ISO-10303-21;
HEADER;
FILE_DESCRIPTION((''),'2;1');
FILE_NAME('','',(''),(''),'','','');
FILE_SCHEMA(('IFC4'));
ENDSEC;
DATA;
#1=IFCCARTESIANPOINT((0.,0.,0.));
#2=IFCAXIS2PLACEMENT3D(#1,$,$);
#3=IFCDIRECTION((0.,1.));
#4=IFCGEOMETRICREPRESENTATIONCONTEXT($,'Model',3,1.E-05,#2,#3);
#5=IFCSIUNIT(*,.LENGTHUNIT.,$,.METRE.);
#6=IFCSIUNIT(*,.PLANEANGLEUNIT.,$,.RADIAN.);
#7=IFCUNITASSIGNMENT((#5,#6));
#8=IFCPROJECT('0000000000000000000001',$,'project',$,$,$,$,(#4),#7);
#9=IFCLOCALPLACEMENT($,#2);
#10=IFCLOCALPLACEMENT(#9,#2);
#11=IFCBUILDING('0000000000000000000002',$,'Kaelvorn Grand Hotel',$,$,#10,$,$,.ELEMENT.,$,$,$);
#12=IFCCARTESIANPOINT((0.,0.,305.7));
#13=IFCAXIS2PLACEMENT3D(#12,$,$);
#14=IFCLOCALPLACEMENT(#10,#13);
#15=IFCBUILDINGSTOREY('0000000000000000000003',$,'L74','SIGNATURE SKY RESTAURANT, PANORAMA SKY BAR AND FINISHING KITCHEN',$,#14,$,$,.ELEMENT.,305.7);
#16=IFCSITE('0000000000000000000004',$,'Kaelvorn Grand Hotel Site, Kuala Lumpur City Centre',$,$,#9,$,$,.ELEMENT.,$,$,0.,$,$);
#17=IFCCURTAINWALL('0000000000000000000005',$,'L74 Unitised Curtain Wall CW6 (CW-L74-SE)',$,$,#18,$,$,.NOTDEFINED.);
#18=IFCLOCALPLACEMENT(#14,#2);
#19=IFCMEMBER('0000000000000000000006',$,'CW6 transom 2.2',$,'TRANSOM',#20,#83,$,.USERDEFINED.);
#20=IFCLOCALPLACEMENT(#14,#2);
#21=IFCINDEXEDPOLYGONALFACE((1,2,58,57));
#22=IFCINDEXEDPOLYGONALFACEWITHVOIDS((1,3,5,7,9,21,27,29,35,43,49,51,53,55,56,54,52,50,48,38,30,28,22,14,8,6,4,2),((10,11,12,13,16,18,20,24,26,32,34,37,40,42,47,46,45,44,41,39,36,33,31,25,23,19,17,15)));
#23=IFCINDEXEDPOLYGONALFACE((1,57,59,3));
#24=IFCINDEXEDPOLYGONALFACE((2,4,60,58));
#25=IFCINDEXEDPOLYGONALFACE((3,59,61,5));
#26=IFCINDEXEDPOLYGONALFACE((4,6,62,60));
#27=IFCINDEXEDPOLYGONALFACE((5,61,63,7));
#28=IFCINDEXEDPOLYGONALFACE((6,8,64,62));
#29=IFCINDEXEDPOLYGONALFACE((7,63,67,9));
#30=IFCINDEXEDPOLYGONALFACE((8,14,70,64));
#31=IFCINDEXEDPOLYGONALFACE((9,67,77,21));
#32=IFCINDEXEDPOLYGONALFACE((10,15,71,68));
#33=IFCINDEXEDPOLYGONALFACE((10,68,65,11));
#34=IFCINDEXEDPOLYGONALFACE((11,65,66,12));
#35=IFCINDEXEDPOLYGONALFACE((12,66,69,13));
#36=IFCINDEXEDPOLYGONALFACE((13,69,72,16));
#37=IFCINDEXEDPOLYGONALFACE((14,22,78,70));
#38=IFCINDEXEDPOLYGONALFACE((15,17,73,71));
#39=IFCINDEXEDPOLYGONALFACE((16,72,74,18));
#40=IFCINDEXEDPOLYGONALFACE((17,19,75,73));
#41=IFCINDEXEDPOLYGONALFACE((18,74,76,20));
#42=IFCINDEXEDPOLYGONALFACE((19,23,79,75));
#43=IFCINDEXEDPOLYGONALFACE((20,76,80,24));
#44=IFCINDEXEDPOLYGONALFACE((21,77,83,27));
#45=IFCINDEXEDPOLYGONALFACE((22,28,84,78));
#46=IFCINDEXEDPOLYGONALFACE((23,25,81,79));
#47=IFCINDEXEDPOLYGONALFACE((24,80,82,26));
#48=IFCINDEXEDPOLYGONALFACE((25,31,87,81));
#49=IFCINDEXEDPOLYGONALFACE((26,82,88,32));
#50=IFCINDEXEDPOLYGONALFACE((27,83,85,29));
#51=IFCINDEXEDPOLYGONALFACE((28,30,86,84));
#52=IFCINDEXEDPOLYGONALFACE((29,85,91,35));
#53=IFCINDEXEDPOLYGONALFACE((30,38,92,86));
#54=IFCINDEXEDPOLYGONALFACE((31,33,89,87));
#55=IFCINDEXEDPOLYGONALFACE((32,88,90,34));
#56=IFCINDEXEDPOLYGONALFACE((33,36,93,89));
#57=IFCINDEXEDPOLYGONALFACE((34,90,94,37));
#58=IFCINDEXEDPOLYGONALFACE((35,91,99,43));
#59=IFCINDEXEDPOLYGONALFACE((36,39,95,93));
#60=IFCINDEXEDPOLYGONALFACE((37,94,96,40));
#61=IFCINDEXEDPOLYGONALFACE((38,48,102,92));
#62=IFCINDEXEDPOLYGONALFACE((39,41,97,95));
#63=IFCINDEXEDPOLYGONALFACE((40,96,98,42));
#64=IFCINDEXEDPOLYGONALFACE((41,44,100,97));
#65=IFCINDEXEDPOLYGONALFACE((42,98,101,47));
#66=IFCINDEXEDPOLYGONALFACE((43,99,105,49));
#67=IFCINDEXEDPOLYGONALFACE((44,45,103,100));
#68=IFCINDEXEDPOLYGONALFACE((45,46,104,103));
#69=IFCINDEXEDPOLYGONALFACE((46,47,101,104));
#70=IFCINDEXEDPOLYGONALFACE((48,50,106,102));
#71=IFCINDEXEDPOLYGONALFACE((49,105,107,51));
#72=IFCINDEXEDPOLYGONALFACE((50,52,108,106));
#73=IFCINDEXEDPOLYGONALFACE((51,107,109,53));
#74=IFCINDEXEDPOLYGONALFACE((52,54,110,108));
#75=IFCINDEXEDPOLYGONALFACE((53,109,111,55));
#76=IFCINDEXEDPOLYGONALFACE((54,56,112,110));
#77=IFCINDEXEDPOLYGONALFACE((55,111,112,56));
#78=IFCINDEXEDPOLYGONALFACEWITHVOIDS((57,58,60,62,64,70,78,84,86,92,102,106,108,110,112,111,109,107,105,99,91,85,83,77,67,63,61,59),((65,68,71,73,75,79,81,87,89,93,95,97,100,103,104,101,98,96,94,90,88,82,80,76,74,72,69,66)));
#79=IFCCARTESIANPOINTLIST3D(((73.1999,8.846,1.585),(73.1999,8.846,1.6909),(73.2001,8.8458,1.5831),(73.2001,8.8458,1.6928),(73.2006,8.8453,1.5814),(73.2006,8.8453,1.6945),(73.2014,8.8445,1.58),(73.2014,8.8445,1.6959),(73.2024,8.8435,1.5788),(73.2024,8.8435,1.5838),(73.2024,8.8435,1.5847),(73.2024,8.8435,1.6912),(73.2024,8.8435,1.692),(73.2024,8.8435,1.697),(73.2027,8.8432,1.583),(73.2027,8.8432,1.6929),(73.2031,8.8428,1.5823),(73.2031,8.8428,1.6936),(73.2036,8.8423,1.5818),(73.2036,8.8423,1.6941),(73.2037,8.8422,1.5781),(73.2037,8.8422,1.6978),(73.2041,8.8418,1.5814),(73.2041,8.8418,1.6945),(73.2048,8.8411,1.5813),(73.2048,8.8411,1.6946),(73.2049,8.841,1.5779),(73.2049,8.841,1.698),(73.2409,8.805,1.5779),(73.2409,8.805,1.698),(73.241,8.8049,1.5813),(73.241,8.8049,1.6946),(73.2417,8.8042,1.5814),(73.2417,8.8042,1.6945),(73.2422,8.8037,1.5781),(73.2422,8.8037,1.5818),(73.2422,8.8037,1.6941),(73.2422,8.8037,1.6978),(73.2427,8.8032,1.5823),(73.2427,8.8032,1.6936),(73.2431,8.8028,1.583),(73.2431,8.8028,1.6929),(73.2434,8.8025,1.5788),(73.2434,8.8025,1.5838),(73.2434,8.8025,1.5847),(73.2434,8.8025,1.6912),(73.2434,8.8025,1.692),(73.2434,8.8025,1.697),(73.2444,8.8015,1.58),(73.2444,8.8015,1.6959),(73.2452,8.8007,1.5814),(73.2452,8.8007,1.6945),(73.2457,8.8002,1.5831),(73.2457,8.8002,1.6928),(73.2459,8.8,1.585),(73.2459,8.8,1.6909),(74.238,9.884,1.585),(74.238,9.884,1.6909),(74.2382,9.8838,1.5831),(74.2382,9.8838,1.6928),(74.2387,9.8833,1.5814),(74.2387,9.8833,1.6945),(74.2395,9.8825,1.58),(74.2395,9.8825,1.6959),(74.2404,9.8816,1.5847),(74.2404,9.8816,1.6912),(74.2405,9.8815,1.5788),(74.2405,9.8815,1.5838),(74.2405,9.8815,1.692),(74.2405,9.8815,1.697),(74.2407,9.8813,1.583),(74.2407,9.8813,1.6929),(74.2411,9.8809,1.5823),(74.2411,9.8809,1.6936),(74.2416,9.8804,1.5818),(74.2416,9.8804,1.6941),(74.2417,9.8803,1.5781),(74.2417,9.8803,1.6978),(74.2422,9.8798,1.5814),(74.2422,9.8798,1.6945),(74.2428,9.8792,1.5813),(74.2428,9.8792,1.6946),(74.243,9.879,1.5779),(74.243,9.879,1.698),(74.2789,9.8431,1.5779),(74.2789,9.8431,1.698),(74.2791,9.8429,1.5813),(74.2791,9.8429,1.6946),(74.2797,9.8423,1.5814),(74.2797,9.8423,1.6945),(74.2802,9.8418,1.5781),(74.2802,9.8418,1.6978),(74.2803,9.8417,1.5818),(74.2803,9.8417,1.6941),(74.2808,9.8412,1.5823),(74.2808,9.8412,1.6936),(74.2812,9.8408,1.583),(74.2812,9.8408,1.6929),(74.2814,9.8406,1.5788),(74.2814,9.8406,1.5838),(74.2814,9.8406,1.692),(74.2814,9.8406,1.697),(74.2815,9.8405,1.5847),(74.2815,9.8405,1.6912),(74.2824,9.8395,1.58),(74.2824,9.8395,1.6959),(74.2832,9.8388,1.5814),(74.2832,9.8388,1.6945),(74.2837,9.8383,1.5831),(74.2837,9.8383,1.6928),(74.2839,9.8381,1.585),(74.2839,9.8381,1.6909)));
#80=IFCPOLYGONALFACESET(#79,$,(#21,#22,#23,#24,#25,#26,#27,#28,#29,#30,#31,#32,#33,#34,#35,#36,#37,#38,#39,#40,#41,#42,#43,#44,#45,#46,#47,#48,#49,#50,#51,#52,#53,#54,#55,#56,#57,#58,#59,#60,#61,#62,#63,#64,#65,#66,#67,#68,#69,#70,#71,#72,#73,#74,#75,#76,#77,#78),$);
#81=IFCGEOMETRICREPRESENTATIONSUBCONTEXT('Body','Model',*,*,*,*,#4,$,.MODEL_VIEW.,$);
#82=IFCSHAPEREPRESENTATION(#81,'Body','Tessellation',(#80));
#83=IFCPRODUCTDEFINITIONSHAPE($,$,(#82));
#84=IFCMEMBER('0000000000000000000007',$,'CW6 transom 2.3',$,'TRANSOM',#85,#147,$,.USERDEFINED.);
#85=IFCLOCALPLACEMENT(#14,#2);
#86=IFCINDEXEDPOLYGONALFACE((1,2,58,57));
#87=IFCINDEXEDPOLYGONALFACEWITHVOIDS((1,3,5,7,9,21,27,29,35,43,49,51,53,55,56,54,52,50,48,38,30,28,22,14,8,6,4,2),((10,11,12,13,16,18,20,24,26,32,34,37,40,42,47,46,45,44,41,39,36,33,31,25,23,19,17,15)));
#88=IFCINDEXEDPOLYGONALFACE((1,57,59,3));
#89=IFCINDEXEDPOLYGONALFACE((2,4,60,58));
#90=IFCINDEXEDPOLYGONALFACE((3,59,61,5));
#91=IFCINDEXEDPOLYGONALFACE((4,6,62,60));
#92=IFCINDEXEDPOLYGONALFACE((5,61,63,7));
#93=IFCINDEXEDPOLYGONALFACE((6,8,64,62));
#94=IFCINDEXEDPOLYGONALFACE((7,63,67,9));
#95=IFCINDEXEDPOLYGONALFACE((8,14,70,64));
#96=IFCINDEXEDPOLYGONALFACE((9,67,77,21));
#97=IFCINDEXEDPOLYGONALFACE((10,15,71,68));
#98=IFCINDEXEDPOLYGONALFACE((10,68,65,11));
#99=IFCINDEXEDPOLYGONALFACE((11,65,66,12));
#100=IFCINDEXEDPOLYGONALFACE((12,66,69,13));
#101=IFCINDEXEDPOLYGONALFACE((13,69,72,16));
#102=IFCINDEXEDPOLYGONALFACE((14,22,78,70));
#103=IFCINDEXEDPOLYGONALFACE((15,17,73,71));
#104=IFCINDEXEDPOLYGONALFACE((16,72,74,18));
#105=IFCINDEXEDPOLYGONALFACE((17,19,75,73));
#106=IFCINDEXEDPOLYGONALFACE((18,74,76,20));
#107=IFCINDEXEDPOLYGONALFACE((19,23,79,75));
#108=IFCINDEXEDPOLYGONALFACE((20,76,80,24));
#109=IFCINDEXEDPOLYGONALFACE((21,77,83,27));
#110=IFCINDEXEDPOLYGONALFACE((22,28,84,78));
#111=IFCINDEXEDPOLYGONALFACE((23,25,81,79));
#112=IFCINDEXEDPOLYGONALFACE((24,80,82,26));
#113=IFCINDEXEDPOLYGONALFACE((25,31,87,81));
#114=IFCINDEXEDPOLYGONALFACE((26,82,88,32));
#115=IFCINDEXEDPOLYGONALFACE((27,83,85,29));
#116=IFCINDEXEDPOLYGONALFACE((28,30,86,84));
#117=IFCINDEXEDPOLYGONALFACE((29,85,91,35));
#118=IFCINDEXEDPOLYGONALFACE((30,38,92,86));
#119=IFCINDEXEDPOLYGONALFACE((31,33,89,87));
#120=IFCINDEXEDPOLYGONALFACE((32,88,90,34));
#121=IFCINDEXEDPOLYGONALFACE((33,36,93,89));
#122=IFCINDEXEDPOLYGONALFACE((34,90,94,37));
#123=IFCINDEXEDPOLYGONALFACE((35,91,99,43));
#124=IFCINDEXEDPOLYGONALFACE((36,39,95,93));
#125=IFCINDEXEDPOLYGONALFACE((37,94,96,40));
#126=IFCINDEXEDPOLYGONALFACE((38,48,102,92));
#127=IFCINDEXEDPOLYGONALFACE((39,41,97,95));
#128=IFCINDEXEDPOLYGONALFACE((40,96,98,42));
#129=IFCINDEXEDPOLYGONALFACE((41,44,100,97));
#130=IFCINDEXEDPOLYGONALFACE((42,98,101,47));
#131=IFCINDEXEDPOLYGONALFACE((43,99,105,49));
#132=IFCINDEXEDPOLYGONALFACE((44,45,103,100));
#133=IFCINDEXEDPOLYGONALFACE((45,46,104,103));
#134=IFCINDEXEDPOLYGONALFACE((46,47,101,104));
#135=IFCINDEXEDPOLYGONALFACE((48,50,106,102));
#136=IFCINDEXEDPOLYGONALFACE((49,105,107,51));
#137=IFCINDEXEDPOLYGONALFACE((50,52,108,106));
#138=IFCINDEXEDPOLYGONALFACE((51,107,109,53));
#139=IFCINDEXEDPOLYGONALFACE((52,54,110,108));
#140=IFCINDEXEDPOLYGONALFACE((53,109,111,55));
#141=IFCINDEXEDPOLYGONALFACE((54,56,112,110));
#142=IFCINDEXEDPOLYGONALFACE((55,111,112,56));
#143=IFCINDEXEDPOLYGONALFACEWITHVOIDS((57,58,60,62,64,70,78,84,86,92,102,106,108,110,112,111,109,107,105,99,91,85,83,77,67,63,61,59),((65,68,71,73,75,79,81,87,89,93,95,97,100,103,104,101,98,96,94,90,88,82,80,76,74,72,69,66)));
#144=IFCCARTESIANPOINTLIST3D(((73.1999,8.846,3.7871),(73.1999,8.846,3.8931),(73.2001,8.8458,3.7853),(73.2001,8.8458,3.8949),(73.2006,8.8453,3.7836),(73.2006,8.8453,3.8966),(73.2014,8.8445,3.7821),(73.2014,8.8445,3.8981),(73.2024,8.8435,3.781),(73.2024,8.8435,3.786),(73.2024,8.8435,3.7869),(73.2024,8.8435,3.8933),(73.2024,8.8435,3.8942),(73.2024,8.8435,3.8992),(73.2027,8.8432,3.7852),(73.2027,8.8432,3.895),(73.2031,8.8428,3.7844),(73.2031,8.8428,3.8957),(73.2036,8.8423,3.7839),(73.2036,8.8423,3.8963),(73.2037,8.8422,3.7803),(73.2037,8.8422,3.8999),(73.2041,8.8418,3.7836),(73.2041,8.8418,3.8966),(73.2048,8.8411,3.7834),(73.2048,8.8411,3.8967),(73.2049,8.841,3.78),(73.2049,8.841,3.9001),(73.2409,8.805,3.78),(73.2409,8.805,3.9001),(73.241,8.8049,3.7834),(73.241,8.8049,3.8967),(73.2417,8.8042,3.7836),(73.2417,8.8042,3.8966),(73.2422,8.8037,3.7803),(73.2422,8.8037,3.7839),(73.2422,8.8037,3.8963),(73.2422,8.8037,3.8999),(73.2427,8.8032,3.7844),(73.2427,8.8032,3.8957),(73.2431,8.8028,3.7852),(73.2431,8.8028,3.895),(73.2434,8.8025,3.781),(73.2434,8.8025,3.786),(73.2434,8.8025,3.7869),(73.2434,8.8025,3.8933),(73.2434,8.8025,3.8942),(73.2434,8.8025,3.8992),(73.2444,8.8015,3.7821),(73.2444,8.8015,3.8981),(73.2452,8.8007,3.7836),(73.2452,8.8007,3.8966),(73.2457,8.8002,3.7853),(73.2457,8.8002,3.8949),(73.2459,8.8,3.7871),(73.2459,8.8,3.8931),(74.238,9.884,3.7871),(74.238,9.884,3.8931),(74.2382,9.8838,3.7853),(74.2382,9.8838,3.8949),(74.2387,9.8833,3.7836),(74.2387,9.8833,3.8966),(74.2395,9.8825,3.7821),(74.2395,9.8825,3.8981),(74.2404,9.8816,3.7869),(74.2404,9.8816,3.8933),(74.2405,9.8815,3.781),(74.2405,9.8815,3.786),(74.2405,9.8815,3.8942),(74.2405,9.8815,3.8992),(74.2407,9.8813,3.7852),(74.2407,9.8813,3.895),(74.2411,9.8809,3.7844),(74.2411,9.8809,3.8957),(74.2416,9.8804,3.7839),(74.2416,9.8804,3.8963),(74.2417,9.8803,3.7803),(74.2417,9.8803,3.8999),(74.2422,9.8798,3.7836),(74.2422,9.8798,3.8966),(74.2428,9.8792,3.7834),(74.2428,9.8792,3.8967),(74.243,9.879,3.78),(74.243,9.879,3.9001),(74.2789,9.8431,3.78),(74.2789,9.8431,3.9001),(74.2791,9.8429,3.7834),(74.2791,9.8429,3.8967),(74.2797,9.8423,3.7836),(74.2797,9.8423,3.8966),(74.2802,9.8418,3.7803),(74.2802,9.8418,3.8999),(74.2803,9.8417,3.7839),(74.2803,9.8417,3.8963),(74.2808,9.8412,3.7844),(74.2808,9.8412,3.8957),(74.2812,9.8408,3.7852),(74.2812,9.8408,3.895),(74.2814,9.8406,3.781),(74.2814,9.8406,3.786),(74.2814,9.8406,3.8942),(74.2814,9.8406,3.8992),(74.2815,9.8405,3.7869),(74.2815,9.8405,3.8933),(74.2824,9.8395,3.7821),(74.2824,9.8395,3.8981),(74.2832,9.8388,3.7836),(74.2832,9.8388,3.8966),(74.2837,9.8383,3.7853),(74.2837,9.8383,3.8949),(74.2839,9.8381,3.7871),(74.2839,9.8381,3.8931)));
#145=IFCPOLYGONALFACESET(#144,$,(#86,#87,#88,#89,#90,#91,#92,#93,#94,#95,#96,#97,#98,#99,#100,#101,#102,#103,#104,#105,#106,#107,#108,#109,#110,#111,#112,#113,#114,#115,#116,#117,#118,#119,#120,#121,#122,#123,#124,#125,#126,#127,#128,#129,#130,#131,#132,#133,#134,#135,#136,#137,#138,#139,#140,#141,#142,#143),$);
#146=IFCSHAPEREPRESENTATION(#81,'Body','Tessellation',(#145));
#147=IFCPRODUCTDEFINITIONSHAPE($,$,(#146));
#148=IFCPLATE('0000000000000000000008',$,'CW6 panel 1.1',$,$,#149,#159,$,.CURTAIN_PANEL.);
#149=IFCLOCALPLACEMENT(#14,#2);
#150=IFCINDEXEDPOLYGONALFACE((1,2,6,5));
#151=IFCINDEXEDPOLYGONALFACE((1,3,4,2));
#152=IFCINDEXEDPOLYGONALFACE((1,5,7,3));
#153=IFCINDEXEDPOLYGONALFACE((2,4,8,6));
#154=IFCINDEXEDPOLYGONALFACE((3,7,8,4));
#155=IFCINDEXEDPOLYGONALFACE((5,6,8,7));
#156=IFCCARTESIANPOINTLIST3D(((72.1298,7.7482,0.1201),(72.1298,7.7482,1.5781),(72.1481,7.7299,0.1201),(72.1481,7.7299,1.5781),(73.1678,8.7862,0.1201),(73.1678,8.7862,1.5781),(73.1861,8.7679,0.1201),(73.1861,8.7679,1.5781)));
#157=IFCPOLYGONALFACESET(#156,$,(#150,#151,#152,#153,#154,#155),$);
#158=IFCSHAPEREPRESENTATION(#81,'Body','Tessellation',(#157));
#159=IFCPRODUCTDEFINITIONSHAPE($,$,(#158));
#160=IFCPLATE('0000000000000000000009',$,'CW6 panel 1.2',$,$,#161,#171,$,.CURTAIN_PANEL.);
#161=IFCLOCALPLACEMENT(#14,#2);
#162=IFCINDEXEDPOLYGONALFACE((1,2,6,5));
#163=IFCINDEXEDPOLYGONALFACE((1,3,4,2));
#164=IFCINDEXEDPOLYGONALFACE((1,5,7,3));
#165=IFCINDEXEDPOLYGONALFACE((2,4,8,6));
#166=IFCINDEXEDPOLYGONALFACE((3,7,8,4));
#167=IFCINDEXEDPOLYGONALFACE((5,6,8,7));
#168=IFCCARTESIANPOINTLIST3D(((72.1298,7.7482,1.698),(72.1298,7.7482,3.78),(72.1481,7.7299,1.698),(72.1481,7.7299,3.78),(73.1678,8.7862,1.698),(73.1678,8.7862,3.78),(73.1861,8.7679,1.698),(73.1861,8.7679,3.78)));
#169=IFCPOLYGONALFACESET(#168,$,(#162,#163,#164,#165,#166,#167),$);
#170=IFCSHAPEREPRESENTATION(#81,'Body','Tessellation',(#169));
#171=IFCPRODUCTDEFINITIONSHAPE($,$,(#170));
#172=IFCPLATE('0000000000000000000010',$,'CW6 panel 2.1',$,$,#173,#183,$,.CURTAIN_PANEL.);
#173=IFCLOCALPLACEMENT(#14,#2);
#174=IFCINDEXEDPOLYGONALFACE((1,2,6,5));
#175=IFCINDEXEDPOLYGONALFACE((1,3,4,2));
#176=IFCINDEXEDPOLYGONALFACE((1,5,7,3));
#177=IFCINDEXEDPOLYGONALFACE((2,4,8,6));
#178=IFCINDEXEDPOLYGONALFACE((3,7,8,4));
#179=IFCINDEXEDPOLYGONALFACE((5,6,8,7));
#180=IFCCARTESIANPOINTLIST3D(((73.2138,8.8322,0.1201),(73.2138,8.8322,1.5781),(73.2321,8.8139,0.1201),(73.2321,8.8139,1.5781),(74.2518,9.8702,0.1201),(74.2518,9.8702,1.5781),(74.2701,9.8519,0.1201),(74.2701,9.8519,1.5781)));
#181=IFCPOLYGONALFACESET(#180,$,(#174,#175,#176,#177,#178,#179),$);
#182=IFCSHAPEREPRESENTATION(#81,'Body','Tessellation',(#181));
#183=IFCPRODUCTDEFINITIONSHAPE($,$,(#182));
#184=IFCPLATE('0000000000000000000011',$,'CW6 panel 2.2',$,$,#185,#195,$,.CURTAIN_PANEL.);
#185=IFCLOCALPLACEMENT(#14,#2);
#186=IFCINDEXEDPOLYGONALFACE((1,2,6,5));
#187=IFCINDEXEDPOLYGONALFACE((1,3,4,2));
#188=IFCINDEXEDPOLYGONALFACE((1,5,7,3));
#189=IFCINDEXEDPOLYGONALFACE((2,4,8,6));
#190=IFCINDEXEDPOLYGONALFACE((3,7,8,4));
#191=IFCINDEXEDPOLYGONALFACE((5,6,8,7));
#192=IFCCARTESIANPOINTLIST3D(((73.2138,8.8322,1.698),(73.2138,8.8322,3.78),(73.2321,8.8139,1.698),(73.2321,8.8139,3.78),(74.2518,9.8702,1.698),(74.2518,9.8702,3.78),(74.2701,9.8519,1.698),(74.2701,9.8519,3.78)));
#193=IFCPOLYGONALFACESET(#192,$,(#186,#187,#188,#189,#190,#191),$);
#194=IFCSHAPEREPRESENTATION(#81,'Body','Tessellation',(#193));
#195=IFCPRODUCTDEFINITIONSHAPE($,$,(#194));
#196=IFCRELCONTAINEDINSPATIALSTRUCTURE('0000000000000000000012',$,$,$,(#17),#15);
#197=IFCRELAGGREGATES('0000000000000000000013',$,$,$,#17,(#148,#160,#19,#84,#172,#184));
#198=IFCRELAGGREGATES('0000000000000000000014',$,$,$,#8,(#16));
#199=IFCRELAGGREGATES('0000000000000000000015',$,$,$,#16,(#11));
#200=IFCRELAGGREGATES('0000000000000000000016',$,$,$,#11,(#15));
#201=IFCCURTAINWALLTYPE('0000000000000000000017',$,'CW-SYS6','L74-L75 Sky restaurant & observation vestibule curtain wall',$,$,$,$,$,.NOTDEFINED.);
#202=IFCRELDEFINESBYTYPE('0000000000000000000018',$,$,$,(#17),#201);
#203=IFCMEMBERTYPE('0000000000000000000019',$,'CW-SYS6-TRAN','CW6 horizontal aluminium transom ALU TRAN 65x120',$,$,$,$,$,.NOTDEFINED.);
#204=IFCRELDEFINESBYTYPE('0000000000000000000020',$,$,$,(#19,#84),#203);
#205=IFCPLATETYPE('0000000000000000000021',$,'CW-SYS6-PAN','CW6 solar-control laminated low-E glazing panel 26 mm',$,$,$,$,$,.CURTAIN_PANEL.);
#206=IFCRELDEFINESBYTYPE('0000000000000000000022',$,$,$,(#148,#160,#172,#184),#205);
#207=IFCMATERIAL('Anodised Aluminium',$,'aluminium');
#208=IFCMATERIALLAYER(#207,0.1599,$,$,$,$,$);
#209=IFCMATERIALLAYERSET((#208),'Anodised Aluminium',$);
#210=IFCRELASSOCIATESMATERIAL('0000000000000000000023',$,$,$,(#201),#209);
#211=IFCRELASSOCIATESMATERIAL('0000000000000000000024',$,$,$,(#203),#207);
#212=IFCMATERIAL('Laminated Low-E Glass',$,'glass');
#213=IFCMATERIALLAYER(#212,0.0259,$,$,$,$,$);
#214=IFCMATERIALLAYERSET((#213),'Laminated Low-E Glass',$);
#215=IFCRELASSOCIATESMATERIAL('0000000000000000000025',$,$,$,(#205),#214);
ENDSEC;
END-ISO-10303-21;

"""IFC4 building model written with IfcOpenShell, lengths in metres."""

from ifc_helpers import new_model, si_unit, direction, frame, origin, origin_2d, place, context, subcontext, project, spatial, rectangle, hollow_rectangle, extrude, material, layer, layer_set, material_profile, profile_set, type_object, element, aggregate, save


model = new_model("IFC4")

# Units and contexts
model_context = context("Model", 3, precision=1e-05, world=origin(), true_north=direction((0.0, 1.0)))
body_context = subcontext(model_context, "Body", "Model", "MODEL_VIEW")
ifc_project = project(units=[si_unit("LENGTHUNIT", "METRE"), si_unit("PLANEANGLEUNIT", "RADIAN")], contexts=[model_context])

# Site, building, storey
site_placement = place(None, origin())
site = spatial("IfcSite", under=ifc_project, at=site_placement, Name="Kaelvorn Grand Hotel Site, Kuala Lumpur City Centre", CompositionType="ELEMENT", RefElevation=0.0)
building_placement = place(site_placement, origin())
building = spatial("IfcBuilding", under=site, at=building_placement, Name="Kaelvorn Grand Hotel", CompositionType="ELEMENT")
storey_placement = place(building_placement, frame((0.0, 0.0, 305.7)))
storey = spatial("IfcBuildingStorey", under=building, at=storey_placement, Name="L74", Description="SIGNATURE SKY RESTAURANT, PANORAMA SKY BAR AND FINISHING KITCHEN", CompositionType="ELEMENT", Elevation=305.7)

# Shared definitions
ifc_material_1 = material(Name="Anodised Aluminium", Category="aluminium")
ifc_layer_1 = layer(ifc_material_1, 0.1599)
ifc_layer_set_1 = layer_set([ifc_layer_1], Name="Anodised Aluminium")
curtain_wall_type = type_object("IfcCurtainWallType", Name="CW-SYS6", Description="L74-L75 Sky restaurant & observation vestibule curtain wall", PredefinedType="NOTDEFINED", material=ifc_layer_set_1)

# Curtain wall, members, plates
curtain_wall_1_placement = place(storey_placement, origin())
curtain_wall_1 = element("IfcCurtainWall", 1, at=curtain_wall_1_placement, inside=storey, type_object=curtain_wall_type, Name="L74 Unitised Curtain Wall CW6 (CW-L74-SE)", PredefinedType="NOTDEFINED")
ifc_material_profile_1 = material_profile(ifc_material_1, hollow_rectangle(XDim=0.0649, YDim=0.1201, WallThickness=0.0034, InnerFilletRadius=0.0034, OuterFilletRadius=0.0071, at=origin_2d()), Name="ALU TRAN 65x120")
ifc_profile_set_1 = profile_set([ifc_material_profile_1], Name="Anodised Aluminium")
member_type_1 = type_object("IfcMemberType", Name="CW-SYS6-TRAN", Description="CW6 horizontal aluminium transom ALU TRAN 65x120", PredefinedType="NOTDEFINED", material=ifc_profile_set_1)
member_1_placement = place(storey_placement, frame((73.2229, 8.823, 1.6379), z_axis=(0.707107, 0.707107, 0.0), x_axis=(-0.707107, 0.707107, 0.0)))
member_1 = element("IfcMember", 2, at=member_1_placement, type_object=member_type_1, Name="CW6 transom 2.2", ObjectType="TRANSOM", PredefinedType="USERDEFINED", context=body_context, shape_type="SweptSolid", body=[
    extrude(hollow_rectangle(XDim=0.0649, YDim=0.1201, WallThickness=0.0034, InnerFilletRadius=0.0034, OuterFilletRadius=0.0071, at=origin_2d()), origin(), (0.0, 0.0, 1.0), 1.468),
])
member_2_placement = place(storey_placement, frame((73.2229, 8.823, 3.8401), z_axis=(0.707107, 0.707107, 0.0), x_axis=(-0.707107, 0.707107, 0.0)))
member_2 = element("IfcMember", 3, at=member_2_placement, type_object=member_type_1, Name="CW6 transom 2.3", ObjectType="TRANSOM", PredefinedType="USERDEFINED", context=body_context, shape_type="SweptSolid", body=[
    extrude(hollow_rectangle(XDim=0.0649, YDim=0.1201, WallThickness=0.0034, InnerFilletRadius=0.0034, OuterFilletRadius=0.0071, at=origin_2d()), origin(), (0.0, 0.0, 1.0), 1.468),
])
ifc_material_2 = material(Name="Laminated Low-E Glass", Category="glass")
ifc_layer_2 = layer(ifc_material_2, 0.0259)
ifc_layer_set_2 = layer_set([ifc_layer_2], Name="Laminated Low-E Glass")
plate_type = type_object("IfcPlateType", Name="CW-SYS6-PAN", Description="CW6 solar-control laminated low-E glazing panel 26 mm", PredefinedType="CURTAIN_PANEL", material=ifc_layer_set_2)
plate_1_placement = place(storey_placement, frame((72.658, 8.2581, 0.1201), z_axis=(0.0, 0.0, 1.0), x_axis=(0.707107, 0.707107, 0.0)))
plate_1 = element("IfcPlate", 4, at=plate_1_placement, type_object=plate_type, Name="CW6 panel 1.1", PredefinedType="CURTAIN_PANEL", context=body_context, shape_type="SweptSolid", body=[
    extrude(rectangle(XDim=1.468, YDim=0.0259, at=origin_2d()), origin(), (0.0, 0.0, 1.0), 1.458),
])
plate_2_placement = place(storey_placement, frame((72.658, 8.2581, 1.698), z_axis=(0.0, 0.0, 1.0), x_axis=(0.707107, 0.707107, 0.0)))
plate_2 = element("IfcPlate", 5, at=plate_2_placement, type_object=plate_type, Name="CW6 panel 1.2", PredefinedType="CURTAIN_PANEL", context=body_context, shape_type="SweptSolid", body=[
    extrude(rectangle(XDim=1.468, YDim=0.0259, at=origin_2d()), origin(), (0.0, 0.0, 1.0), 2.082),
])
plate_3_placement = place(storey_placement, frame((73.7419, 9.342, 0.1201), z_axis=(0.0, 0.0, 1.0), x_axis=(0.707107, 0.707107, 0.0)))
plate_3 = element("IfcPlate", 6, at=plate_3_placement, type_object=plate_type, Name="CW6 panel 2.1", PredefinedType="CURTAIN_PANEL", context=body_context, shape_type="SweptSolid", body=[
    extrude(rectangle(XDim=1.468, YDim=0.0259, at=origin_2d()), origin(), (0.0, 0.0, 1.0), 1.458),
])
plate_4_placement = place(storey_placement, frame((73.7419, 9.342, 1.698), z_axis=(0.0, 0.0, 1.0), x_axis=(0.707107, 0.707107, 0.0)))
plate_4 = element("IfcPlate", 7, at=plate_4_placement, type_object=plate_type, Name="CW6 panel 2.2", PredefinedType="CURTAIN_PANEL", context=body_context, shape_type="SweptSolid", body=[
    extrude(rectangle(XDim=1.468, YDim=0.0259, at=origin_2d()), origin(), (0.0, 0.0, 1.0), 2.082),
])
aggregate(curtain_wall_1, [plate_1, plate_2, member_1, member_2, plate_3, plate_4])

save(model, "model.ifc")
